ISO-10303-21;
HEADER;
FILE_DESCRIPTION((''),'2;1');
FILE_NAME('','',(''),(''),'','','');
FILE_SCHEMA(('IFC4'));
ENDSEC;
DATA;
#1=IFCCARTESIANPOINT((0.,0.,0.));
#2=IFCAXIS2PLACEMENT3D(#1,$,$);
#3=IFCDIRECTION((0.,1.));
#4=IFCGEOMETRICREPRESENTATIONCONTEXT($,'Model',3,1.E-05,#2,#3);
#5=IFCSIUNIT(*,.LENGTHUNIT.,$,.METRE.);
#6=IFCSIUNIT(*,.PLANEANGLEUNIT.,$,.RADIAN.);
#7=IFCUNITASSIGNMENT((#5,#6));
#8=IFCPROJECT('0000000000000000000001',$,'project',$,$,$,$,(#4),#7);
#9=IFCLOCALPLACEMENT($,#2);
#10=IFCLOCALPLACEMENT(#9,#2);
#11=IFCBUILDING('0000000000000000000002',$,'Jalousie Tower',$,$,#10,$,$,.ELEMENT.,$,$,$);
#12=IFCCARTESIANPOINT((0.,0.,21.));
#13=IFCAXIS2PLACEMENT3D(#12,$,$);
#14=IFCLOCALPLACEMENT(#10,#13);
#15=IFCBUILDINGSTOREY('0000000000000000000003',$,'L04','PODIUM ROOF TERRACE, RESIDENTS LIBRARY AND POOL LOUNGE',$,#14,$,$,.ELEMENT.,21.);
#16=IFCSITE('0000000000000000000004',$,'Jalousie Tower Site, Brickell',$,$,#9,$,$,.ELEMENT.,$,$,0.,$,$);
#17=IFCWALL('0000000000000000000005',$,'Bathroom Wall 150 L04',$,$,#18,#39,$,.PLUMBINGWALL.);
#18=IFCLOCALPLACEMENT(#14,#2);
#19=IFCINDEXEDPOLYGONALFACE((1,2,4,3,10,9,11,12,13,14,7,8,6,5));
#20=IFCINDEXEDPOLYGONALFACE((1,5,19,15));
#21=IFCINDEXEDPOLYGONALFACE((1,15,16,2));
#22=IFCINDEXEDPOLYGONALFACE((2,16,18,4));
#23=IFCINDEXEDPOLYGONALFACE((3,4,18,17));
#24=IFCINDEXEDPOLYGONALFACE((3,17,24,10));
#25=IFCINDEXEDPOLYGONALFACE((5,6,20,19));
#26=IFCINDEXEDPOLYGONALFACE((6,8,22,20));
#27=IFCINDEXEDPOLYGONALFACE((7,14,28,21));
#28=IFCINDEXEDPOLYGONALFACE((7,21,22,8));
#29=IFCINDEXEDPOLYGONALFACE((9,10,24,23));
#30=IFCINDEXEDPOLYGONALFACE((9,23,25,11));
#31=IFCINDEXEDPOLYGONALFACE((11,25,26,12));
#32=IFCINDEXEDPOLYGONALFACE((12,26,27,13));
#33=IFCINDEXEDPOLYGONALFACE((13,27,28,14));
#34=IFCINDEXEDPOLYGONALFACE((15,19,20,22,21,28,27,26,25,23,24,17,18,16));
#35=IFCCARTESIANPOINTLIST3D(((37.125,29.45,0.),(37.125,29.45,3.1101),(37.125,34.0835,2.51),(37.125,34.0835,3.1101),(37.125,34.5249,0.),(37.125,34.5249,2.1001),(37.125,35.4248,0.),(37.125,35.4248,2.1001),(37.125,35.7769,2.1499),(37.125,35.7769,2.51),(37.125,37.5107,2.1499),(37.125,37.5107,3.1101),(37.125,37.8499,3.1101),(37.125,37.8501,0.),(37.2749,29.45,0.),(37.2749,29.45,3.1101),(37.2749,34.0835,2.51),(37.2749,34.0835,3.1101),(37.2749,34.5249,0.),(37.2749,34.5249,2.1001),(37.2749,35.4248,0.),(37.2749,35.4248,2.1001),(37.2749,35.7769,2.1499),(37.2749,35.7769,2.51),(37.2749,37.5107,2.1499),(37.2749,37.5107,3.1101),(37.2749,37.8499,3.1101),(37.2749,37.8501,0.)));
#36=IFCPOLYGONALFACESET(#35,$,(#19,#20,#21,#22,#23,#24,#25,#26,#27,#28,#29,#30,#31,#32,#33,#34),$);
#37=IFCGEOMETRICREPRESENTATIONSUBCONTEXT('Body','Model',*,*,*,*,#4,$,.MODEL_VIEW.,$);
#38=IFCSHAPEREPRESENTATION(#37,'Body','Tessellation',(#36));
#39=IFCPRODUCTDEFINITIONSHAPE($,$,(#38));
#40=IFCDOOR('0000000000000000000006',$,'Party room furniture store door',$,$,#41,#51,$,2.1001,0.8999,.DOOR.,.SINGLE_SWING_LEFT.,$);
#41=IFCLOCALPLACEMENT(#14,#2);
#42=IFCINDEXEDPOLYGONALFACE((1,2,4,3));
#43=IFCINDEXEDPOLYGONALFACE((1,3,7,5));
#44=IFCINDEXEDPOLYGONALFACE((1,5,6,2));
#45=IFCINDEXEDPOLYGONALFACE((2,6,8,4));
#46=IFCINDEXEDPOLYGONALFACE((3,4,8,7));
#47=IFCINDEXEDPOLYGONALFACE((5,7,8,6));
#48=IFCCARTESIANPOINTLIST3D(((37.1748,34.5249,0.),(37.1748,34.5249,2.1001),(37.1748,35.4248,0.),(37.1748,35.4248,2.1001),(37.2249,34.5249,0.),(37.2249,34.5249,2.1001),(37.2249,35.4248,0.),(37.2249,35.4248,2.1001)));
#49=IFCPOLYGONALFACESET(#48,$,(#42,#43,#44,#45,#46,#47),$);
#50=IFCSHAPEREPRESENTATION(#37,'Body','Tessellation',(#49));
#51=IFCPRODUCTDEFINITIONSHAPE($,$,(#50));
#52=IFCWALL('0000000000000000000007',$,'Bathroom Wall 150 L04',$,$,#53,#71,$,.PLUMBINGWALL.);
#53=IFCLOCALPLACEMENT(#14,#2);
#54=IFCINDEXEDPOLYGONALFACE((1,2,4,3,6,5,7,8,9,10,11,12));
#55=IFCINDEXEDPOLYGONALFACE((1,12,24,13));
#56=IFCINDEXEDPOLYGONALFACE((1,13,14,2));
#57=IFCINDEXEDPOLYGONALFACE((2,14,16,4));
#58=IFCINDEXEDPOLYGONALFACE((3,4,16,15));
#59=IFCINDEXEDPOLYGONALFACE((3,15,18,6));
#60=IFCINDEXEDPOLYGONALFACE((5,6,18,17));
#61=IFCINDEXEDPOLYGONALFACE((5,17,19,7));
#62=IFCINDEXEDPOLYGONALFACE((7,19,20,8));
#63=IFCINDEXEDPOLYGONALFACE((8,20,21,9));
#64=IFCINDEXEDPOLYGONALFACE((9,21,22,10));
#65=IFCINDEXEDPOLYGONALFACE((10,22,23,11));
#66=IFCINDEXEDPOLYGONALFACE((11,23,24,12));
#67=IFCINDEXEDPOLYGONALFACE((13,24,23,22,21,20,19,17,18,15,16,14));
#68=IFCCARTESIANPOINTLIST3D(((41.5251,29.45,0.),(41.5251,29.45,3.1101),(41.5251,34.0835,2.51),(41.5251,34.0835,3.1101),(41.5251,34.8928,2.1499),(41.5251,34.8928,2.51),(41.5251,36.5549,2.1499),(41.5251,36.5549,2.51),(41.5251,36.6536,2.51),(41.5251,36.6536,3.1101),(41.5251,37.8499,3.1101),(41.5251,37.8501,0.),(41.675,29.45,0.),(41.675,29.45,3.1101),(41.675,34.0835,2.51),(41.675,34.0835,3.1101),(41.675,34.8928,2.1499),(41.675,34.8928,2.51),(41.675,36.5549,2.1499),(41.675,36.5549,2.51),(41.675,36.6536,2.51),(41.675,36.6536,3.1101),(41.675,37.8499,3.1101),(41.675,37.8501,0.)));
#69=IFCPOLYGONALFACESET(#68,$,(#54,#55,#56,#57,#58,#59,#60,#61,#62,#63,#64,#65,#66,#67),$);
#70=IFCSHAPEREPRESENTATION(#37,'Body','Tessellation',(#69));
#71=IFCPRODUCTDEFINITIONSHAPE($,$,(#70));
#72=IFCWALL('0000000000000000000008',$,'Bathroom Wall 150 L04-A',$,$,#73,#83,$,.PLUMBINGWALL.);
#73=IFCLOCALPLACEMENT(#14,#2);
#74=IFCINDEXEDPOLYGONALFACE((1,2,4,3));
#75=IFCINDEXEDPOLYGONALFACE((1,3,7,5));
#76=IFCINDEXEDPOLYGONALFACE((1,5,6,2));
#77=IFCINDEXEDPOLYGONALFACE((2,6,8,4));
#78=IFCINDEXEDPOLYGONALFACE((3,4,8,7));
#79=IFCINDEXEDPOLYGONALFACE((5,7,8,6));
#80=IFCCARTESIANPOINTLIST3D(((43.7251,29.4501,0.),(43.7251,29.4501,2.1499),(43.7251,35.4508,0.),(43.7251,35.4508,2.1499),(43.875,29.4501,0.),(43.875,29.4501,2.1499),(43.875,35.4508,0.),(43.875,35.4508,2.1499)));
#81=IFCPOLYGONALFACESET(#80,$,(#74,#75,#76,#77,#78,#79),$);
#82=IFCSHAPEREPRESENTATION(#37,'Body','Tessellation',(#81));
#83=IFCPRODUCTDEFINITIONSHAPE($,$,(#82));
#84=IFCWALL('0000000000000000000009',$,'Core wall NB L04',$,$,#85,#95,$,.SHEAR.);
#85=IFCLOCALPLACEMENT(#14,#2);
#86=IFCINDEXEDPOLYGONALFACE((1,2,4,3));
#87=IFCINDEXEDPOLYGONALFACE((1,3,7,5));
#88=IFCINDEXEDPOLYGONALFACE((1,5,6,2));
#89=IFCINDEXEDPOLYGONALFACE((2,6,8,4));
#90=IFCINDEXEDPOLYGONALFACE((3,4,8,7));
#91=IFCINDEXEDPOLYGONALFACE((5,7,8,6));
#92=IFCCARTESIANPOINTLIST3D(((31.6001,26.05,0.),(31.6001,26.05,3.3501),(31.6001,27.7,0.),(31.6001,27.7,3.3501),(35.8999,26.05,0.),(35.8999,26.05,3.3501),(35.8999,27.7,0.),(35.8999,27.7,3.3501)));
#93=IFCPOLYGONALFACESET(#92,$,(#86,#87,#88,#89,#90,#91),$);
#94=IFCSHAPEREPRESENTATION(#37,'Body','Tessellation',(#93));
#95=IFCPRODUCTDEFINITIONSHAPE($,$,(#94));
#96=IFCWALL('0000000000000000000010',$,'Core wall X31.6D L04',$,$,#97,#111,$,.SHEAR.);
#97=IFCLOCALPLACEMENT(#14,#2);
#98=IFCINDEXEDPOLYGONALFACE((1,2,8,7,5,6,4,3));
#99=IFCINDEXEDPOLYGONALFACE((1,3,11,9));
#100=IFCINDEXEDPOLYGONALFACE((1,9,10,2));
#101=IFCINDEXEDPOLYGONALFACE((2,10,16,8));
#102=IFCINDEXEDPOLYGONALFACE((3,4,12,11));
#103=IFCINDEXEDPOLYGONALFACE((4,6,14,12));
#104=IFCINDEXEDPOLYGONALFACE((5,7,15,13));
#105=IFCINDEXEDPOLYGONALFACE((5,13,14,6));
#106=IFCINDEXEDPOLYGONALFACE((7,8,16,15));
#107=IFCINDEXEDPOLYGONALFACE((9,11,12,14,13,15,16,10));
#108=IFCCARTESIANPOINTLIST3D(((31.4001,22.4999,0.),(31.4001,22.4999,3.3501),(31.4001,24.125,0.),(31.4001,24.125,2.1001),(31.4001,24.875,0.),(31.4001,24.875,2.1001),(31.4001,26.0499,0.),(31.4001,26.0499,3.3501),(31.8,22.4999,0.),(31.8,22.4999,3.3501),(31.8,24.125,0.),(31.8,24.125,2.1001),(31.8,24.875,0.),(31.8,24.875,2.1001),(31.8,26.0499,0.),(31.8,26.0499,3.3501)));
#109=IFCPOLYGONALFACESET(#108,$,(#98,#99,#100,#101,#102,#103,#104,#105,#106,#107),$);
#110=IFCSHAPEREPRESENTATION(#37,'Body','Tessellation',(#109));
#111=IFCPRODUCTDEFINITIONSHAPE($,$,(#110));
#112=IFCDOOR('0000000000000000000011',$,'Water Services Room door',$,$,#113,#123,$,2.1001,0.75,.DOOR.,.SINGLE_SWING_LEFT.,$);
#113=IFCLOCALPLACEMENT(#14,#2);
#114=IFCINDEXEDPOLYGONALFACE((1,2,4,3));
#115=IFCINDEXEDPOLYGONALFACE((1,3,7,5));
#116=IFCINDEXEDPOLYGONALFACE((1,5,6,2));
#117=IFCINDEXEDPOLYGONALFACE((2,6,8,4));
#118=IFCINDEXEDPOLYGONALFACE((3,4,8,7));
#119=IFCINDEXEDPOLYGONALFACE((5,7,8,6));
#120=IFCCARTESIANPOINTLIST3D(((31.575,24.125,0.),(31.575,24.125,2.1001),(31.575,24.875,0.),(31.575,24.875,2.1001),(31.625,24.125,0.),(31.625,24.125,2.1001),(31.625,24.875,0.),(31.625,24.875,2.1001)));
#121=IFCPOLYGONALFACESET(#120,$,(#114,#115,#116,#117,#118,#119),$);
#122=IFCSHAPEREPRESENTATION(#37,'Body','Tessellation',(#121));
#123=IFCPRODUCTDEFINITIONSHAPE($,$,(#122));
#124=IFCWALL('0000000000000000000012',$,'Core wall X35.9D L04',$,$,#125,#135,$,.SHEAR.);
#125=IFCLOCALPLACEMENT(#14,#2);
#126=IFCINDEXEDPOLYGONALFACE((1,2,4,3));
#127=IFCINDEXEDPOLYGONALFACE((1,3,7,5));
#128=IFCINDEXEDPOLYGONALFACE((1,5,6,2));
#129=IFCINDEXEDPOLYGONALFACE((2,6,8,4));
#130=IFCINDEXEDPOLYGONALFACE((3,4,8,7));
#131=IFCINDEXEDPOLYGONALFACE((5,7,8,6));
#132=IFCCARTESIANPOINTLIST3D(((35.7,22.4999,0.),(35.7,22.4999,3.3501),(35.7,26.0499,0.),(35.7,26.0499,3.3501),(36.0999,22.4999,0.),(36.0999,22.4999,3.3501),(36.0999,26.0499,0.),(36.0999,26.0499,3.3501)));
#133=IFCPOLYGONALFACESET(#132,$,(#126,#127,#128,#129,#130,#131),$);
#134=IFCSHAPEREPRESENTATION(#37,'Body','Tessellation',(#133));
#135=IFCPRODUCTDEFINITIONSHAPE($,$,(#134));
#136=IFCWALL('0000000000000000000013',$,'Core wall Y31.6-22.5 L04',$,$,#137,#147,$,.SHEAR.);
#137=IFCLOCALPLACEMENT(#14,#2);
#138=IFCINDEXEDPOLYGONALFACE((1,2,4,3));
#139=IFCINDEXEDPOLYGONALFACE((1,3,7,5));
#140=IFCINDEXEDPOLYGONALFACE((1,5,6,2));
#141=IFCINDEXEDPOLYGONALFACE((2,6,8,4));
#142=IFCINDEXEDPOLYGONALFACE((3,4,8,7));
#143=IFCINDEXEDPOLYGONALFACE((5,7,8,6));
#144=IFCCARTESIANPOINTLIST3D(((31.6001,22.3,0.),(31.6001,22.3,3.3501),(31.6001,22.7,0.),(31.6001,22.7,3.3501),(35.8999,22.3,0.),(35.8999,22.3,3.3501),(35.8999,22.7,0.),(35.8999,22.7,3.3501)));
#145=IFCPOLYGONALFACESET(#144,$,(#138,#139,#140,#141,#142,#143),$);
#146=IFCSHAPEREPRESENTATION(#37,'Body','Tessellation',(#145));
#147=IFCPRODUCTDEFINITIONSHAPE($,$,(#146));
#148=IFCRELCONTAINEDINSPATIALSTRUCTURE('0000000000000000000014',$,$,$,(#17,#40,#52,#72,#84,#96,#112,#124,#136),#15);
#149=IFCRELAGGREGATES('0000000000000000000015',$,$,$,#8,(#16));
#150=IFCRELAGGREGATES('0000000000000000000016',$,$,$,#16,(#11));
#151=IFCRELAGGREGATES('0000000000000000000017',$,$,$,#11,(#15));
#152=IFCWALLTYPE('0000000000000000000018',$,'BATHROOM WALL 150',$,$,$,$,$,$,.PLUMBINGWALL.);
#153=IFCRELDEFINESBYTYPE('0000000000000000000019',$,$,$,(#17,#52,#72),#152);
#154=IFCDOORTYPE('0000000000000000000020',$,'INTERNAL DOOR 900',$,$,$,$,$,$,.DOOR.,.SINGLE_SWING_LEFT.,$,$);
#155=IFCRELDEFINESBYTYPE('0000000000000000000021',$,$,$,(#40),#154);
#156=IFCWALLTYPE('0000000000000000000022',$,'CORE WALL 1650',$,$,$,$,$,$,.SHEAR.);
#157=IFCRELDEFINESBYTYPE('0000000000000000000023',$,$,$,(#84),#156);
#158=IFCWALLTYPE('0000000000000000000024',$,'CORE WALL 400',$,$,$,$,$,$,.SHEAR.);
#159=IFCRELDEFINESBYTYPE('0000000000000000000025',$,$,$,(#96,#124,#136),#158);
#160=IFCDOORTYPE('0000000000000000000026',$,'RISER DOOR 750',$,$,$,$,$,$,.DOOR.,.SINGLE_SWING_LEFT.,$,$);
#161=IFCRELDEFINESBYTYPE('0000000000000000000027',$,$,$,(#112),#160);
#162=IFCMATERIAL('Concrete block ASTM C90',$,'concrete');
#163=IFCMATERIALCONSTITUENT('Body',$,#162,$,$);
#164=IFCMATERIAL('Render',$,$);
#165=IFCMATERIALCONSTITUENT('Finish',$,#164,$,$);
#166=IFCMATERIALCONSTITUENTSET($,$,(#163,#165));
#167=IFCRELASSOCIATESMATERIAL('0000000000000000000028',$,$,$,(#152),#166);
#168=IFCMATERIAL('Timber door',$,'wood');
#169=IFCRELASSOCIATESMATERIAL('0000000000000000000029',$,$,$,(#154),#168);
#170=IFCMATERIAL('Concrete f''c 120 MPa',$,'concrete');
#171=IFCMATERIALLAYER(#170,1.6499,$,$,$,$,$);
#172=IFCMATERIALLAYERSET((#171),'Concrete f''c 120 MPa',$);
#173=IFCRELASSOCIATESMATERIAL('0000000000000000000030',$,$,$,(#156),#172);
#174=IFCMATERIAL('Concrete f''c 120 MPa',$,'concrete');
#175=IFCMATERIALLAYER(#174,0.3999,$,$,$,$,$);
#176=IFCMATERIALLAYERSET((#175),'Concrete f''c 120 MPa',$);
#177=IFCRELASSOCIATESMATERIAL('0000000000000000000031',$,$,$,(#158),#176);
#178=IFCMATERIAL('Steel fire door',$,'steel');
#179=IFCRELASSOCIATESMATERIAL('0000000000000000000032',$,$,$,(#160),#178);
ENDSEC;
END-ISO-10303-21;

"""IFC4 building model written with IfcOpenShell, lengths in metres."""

from ifc_helpers import new_model, si_unit, direction, frame, frame_2d, origin, place, context, subcontext, project, spatial, polyline, rectangle, outline, extrude, material, layer, layer_set, constituent, constituent_set, type_object, element, fill, save


model = new_model("IFC4")

# Units and contexts
model_context = context("Model", 3, precision=1e-05, world=origin(), true_north=direction((0.0, 1.0)))
body_context = subcontext(model_context, "Body", "Model", "MODEL_VIEW")
ifc_project = project(units=[si_unit("LENGTHUNIT", "METRE"), si_unit("PLANEANGLEUNIT", "RADIAN")], contexts=[model_context])

# Site, building, storey
site_placement = place(None, origin())
site = spatial("IfcSite", under=ifc_project, at=site_placement, Name="Jalousie Tower Site, Brickell", CompositionType="ELEMENT", RefElevation=0.0)
building_placement = place(site_placement, origin())
building = spatial("IfcBuilding", under=site, at=building_placement, Name="Jalousie Tower", CompositionType="ELEMENT")
storey_placement = place(building_placement, frame((0.0, 0.0, 21.0)))
storey = spatial("IfcBuildingStorey", under=building, at=storey_placement, Name="L04", Description="PODIUM ROOF TERRACE, RESIDENTS LIBRARY AND POOL LOUNGE", CompositionType="ELEMENT", Elevation=21.0)

# Wall, opening, door
ifc_material_1 = material(Name="Concrete block ASTM C90", Category="concrete")
ifc_constituent_1 = constituent(ifc_material_1, Name="Body")
ifc_material_2 = material(Name="Render")
ifc_constituent_2 = constituent(ifc_material_2, Name="Finish")
ifc_constituent_set_1 = constituent_set(constituents=[ifc_constituent_1, ifc_constituent_2])
wall_type_1 = type_object("IfcWallType", Name="BATHROOM WALL 150", PredefinedType="PLUMBINGWALL", material=ifc_constituent_set_1)
wall_1_placement = place(storey_placement, frame((37.2, 29.45, 0.0), z_axis=(0.0, 0.0, 1.0), x_axis=(0.0, 1.0, 0.0)))
wall_1 = element("IfcWall", 1, at=wall_1_placement, inside=storey, type_object=wall_type_1, Name="Bathroom Wall 150 L04", PredefinedType="PLUMBINGWALL", context=body_context, shape_type="SweptSolid", body=[
    extrude(outline(polyline([(0.0, 0.0), (8.4001, 0.0), (8.3999, 3.1101), (8.0608, 3.1101), (8.0608, 2.1499), (6.3269, 2.1499), (6.3269, 2.51), (4.6335, 2.51), (4.6335, 3.1101), (0.0, 3.1101), (0.0, 0.0)])), frame((0.0, 0.075, 0.0), z_axis=(0.0, -1.0, 0.0), x_axis=(1.0, 0.0, 0.0)), (0.0, 0.0, 1.0), 0.1499),
])
opening_1_placement = place(wall_1_placement, frame((5.075, 0.0, 0.0)))
opening_1 = element("IfcOpeningElement", 2, at=opening_1_placement, cuts=wall_1, PredefinedType="OPENING", context=body_context, shape_type="SweptSolid", body=[
    extrude(rectangle(XDim=0.8999, YDim=2.1001, at=frame_2d((0.45, 1.05))), frame((0.0, 0.085, 0.0), z_axis=(0.0, -1.0, 0.0), x_axis=(1.0, 0.0, 0.0)), (0.0, 0.0, 1.0), 0.1699),
])
ifc_material_3 = material(Name="Timber door", Category="wood")
door_type_1 = type_object("IfcDoorType", Name="INTERNAL DOOR 900", OperationType="SINGLE_SWING_LEFT", PredefinedType="DOOR", material=ifc_material_3)
door_1_placement = place(opening_1_placement, frame((0.8999, 0.0, 0.0), z_axis=(0.0, 0.0, 1.0), x_axis=(-1.0, 0.0, 0.0)))
door_1 = element("IfcDoor", 3, at=door_1_placement, inside=storey, type_object=door_type_1, Name="Party room furniture store door", OperationType="SINGLE_SWING_LEFT", OverallHeight=2.1001, OverallWidth=0.8999, PredefinedType="DOOR", context=body_context, shape_type="SweptSolid", body=[
    extrude(rectangle(XDim=0.8999, YDim=2.1001, at=frame_2d((0.45, 1.05))), frame((0.0, 0.0249, 0.0), z_axis=(0.0, -1.0, 0.0), x_axis=(1.0, 0.0, 0.0)), (0.0, 0.0, 1.0), 0.05),
])
fill(opening_1, door_1)

# Walls
wall_2_placement = place(storey_placement, frame((41.6001, 29.45, 0.0), z_axis=(0.0, 0.0, 1.0), x_axis=(0.0, 1.0, 0.0)))
element("IfcWall", 4, at=wall_2_placement, inside=storey, type_object=wall_type_1, Name="Bathroom Wall 150 L04", PredefinedType="PLUMBINGWALL", context=body_context, shape_type="SweptSolid", body=[
    extrude(outline(polyline([(0.0, 0.0), (8.4001, 0.0), (8.3999, 3.1101), (7.2036, 3.1101), (7.2036, 2.51), (7.105, 2.51), (7.105, 2.1499), (5.4429, 2.1499), (5.4429, 2.51), (4.6335, 2.51), (4.6335, 3.1101), (0.0, 3.1101), (0.0, 0.0)])), frame((0.0, 0.075, 0.0), z_axis=(0.0, -1.0, 0.0), x_axis=(1.0, 0.0, 0.0)), (0.0, 0.0, 1.0), 0.1499),
])
wall_3_placement = place(storey_placement, frame((43.8, 29.45, 0.0), z_axis=(0.0, 0.0, 1.0), x_axis=(0.0, 1.0, 0.0)))
element("IfcWall", 5, at=wall_3_placement, inside=storey, type_object=wall_type_1, Name="Bathroom Wall 150 L04-A", PredefinedType="PLUMBINGWALL", context=body_context, shape_type="SweptSolid", body=[
    extrude(rectangle(XDim=6.0007, YDim=0.1499, at=frame_2d((3.0005, 0.0))), origin(), (0.0, 0.0, 1.0), 2.1499),
])
ifc_material_4 = material(Name="Concrete f'c 120 MPa", Category="concrete")
ifc_layer_1 = layer(ifc_material_4, 1.6499)
ifc_layer_set_1 = layer_set([ifc_layer_1], Name="Concrete f'c 120 MPa")
wall_type_2 = type_object("IfcWallType", Name="CORE WALL 1650", PredefinedType="SHEAR", material=ifc_layer_set_1)
wall_4_placement = place(storey_placement, frame((35.8999, 26.875, 0.0), z_axis=(0.0, 0.0, 1.0), x_axis=(-1.0, 0.0, 0.0)))
element("IfcWall", 6, at=wall_4_placement, inside=storey, type_object=wall_type_2, Name="Core wall NB L04", PredefinedType="SHEAR", context=body_context, shape_type="SweptSolid", body=[
    extrude(rectangle(XDim=4.2998, YDim=1.6499, at=frame_2d((2.1499, 0.0))), origin(), (0.0, 0.0, 1.0), 3.3501),
])

# Wall, opening, door
ifc_material_5 = material(Name="Concrete f'c 120 MPa", Category="concrete")
ifc_layer_2 = layer(ifc_material_5, 0.3999)
ifc_layer_set_2 = layer_set([ifc_layer_2], Name="Concrete f'c 120 MPa")
wall_type_3 = type_object("IfcWallType", Name="CORE WALL 400", PredefinedType="SHEAR", material=ifc_layer_set_2)
wall_5_placement = place(storey_placement, frame((31.6001, 22.5, 0.0), z_axis=(0.0, 0.0, 1.0), x_axis=(0.0, 1.0, 0.0)))
wall_5 = element("IfcWall", 7, at=wall_5_placement, inside=storey, type_object=wall_type_3, Name="Core wall X31.6D L04", PredefinedType="SHEAR", context=body_context, shape_type="SweptSolid", body=[
    extrude(rectangle(XDim=3.55, YDim=0.3999, at=frame_2d((1.7749, 0.0))), origin(), (0.0, 0.0, 1.0), 3.3501),
])
opening_2_placement = place(wall_5_placement, frame((1.625, 0.0, 0.0)))
opening_2 = element("IfcOpeningElement", 8, at=opening_2_placement, cuts=wall_5, PredefinedType="OPENING", context=body_context, shape_type="SweptSolid", body=[
    extrude(rectangle(XDim=0.75, YDim=2.1001, at=frame_2d((0.375, 1.05))), frame((0.0, 0.21, 0.0), z_axis=(0.0, -1.0, 0.0), x_axis=(1.0, 0.0, 0.0)), (0.0, 0.0, 1.0), 0.4199),
])
ifc_material_6 = material(Name="Steel fire door", Category="steel")
door_type_2 = type_object("IfcDoorType", Name="RISER DOOR 750", OperationType="SINGLE_SWING_LEFT", PredefinedType="DOOR", material=ifc_material_6)
door_2_placement = place(opening_2_placement, frame((0.75, 0.0, 0.0), z_axis=(0.0, 0.0, 1.0), x_axis=(-1.0, 0.0, 0.0)))
door_2 = element("IfcDoor", 9, at=door_2_placement, inside=storey, type_object=door_type_2, Name="Water Services Room door", OperationType="SINGLE_SWING_LEFT", OverallHeight=2.1001, OverallWidth=0.75, PredefinedType="DOOR", context=body_context, shape_type="SweptSolid", body=[
    extrude(rectangle(XDim=0.75, YDim=2.1001, at=frame_2d((0.375, 1.05))), frame((0.0, 0.0249, 0.0), z_axis=(0.0, -1.0, 0.0), x_axis=(1.0, 0.0, 0.0)), (0.0, 0.0, 1.0), 0.05),
])
fill(opening_2, door_2)

# Walls
wall_6_placement = place(storey_placement, frame((35.8999, 22.5, 0.0), z_axis=(0.0, 0.0, 1.0), x_axis=(0.0, 1.0, 0.0)))
element("IfcWall", 10, at=wall_6_placement, inside=storey, type_object=wall_type_3, Name="Core wall X35.9D L04", PredefinedType="SHEAR", context=body_context, shape_type="SweptSolid", body=[
    extrude(rectangle(XDim=3.55, YDim=0.3999, at=frame_2d((1.7749, 0.0))), origin(), (0.0, 0.0, 1.0), 3.3501),
])
wall_7_placement = place(storey_placement, frame((31.6001, 22.5, 0.0), z_axis=(0.0, 0.0, 1.0), x_axis=(1.0, 0.0, 0.0)))
element("IfcWall", 11, at=wall_7_placement, inside=storey, type_object=wall_type_3, Name="Core wall Y31.6-22.5 L04", PredefinedType="SHEAR", context=body_context, shape_type="SweptSolid", body=[
    extrude(rectangle(XDim=4.2998, YDim=0.3999, at=frame_2d((2.1499, 0.0))), origin(), (0.0, 0.0, 1.0), 3.3501),
])

save(model, "model.ifc")
